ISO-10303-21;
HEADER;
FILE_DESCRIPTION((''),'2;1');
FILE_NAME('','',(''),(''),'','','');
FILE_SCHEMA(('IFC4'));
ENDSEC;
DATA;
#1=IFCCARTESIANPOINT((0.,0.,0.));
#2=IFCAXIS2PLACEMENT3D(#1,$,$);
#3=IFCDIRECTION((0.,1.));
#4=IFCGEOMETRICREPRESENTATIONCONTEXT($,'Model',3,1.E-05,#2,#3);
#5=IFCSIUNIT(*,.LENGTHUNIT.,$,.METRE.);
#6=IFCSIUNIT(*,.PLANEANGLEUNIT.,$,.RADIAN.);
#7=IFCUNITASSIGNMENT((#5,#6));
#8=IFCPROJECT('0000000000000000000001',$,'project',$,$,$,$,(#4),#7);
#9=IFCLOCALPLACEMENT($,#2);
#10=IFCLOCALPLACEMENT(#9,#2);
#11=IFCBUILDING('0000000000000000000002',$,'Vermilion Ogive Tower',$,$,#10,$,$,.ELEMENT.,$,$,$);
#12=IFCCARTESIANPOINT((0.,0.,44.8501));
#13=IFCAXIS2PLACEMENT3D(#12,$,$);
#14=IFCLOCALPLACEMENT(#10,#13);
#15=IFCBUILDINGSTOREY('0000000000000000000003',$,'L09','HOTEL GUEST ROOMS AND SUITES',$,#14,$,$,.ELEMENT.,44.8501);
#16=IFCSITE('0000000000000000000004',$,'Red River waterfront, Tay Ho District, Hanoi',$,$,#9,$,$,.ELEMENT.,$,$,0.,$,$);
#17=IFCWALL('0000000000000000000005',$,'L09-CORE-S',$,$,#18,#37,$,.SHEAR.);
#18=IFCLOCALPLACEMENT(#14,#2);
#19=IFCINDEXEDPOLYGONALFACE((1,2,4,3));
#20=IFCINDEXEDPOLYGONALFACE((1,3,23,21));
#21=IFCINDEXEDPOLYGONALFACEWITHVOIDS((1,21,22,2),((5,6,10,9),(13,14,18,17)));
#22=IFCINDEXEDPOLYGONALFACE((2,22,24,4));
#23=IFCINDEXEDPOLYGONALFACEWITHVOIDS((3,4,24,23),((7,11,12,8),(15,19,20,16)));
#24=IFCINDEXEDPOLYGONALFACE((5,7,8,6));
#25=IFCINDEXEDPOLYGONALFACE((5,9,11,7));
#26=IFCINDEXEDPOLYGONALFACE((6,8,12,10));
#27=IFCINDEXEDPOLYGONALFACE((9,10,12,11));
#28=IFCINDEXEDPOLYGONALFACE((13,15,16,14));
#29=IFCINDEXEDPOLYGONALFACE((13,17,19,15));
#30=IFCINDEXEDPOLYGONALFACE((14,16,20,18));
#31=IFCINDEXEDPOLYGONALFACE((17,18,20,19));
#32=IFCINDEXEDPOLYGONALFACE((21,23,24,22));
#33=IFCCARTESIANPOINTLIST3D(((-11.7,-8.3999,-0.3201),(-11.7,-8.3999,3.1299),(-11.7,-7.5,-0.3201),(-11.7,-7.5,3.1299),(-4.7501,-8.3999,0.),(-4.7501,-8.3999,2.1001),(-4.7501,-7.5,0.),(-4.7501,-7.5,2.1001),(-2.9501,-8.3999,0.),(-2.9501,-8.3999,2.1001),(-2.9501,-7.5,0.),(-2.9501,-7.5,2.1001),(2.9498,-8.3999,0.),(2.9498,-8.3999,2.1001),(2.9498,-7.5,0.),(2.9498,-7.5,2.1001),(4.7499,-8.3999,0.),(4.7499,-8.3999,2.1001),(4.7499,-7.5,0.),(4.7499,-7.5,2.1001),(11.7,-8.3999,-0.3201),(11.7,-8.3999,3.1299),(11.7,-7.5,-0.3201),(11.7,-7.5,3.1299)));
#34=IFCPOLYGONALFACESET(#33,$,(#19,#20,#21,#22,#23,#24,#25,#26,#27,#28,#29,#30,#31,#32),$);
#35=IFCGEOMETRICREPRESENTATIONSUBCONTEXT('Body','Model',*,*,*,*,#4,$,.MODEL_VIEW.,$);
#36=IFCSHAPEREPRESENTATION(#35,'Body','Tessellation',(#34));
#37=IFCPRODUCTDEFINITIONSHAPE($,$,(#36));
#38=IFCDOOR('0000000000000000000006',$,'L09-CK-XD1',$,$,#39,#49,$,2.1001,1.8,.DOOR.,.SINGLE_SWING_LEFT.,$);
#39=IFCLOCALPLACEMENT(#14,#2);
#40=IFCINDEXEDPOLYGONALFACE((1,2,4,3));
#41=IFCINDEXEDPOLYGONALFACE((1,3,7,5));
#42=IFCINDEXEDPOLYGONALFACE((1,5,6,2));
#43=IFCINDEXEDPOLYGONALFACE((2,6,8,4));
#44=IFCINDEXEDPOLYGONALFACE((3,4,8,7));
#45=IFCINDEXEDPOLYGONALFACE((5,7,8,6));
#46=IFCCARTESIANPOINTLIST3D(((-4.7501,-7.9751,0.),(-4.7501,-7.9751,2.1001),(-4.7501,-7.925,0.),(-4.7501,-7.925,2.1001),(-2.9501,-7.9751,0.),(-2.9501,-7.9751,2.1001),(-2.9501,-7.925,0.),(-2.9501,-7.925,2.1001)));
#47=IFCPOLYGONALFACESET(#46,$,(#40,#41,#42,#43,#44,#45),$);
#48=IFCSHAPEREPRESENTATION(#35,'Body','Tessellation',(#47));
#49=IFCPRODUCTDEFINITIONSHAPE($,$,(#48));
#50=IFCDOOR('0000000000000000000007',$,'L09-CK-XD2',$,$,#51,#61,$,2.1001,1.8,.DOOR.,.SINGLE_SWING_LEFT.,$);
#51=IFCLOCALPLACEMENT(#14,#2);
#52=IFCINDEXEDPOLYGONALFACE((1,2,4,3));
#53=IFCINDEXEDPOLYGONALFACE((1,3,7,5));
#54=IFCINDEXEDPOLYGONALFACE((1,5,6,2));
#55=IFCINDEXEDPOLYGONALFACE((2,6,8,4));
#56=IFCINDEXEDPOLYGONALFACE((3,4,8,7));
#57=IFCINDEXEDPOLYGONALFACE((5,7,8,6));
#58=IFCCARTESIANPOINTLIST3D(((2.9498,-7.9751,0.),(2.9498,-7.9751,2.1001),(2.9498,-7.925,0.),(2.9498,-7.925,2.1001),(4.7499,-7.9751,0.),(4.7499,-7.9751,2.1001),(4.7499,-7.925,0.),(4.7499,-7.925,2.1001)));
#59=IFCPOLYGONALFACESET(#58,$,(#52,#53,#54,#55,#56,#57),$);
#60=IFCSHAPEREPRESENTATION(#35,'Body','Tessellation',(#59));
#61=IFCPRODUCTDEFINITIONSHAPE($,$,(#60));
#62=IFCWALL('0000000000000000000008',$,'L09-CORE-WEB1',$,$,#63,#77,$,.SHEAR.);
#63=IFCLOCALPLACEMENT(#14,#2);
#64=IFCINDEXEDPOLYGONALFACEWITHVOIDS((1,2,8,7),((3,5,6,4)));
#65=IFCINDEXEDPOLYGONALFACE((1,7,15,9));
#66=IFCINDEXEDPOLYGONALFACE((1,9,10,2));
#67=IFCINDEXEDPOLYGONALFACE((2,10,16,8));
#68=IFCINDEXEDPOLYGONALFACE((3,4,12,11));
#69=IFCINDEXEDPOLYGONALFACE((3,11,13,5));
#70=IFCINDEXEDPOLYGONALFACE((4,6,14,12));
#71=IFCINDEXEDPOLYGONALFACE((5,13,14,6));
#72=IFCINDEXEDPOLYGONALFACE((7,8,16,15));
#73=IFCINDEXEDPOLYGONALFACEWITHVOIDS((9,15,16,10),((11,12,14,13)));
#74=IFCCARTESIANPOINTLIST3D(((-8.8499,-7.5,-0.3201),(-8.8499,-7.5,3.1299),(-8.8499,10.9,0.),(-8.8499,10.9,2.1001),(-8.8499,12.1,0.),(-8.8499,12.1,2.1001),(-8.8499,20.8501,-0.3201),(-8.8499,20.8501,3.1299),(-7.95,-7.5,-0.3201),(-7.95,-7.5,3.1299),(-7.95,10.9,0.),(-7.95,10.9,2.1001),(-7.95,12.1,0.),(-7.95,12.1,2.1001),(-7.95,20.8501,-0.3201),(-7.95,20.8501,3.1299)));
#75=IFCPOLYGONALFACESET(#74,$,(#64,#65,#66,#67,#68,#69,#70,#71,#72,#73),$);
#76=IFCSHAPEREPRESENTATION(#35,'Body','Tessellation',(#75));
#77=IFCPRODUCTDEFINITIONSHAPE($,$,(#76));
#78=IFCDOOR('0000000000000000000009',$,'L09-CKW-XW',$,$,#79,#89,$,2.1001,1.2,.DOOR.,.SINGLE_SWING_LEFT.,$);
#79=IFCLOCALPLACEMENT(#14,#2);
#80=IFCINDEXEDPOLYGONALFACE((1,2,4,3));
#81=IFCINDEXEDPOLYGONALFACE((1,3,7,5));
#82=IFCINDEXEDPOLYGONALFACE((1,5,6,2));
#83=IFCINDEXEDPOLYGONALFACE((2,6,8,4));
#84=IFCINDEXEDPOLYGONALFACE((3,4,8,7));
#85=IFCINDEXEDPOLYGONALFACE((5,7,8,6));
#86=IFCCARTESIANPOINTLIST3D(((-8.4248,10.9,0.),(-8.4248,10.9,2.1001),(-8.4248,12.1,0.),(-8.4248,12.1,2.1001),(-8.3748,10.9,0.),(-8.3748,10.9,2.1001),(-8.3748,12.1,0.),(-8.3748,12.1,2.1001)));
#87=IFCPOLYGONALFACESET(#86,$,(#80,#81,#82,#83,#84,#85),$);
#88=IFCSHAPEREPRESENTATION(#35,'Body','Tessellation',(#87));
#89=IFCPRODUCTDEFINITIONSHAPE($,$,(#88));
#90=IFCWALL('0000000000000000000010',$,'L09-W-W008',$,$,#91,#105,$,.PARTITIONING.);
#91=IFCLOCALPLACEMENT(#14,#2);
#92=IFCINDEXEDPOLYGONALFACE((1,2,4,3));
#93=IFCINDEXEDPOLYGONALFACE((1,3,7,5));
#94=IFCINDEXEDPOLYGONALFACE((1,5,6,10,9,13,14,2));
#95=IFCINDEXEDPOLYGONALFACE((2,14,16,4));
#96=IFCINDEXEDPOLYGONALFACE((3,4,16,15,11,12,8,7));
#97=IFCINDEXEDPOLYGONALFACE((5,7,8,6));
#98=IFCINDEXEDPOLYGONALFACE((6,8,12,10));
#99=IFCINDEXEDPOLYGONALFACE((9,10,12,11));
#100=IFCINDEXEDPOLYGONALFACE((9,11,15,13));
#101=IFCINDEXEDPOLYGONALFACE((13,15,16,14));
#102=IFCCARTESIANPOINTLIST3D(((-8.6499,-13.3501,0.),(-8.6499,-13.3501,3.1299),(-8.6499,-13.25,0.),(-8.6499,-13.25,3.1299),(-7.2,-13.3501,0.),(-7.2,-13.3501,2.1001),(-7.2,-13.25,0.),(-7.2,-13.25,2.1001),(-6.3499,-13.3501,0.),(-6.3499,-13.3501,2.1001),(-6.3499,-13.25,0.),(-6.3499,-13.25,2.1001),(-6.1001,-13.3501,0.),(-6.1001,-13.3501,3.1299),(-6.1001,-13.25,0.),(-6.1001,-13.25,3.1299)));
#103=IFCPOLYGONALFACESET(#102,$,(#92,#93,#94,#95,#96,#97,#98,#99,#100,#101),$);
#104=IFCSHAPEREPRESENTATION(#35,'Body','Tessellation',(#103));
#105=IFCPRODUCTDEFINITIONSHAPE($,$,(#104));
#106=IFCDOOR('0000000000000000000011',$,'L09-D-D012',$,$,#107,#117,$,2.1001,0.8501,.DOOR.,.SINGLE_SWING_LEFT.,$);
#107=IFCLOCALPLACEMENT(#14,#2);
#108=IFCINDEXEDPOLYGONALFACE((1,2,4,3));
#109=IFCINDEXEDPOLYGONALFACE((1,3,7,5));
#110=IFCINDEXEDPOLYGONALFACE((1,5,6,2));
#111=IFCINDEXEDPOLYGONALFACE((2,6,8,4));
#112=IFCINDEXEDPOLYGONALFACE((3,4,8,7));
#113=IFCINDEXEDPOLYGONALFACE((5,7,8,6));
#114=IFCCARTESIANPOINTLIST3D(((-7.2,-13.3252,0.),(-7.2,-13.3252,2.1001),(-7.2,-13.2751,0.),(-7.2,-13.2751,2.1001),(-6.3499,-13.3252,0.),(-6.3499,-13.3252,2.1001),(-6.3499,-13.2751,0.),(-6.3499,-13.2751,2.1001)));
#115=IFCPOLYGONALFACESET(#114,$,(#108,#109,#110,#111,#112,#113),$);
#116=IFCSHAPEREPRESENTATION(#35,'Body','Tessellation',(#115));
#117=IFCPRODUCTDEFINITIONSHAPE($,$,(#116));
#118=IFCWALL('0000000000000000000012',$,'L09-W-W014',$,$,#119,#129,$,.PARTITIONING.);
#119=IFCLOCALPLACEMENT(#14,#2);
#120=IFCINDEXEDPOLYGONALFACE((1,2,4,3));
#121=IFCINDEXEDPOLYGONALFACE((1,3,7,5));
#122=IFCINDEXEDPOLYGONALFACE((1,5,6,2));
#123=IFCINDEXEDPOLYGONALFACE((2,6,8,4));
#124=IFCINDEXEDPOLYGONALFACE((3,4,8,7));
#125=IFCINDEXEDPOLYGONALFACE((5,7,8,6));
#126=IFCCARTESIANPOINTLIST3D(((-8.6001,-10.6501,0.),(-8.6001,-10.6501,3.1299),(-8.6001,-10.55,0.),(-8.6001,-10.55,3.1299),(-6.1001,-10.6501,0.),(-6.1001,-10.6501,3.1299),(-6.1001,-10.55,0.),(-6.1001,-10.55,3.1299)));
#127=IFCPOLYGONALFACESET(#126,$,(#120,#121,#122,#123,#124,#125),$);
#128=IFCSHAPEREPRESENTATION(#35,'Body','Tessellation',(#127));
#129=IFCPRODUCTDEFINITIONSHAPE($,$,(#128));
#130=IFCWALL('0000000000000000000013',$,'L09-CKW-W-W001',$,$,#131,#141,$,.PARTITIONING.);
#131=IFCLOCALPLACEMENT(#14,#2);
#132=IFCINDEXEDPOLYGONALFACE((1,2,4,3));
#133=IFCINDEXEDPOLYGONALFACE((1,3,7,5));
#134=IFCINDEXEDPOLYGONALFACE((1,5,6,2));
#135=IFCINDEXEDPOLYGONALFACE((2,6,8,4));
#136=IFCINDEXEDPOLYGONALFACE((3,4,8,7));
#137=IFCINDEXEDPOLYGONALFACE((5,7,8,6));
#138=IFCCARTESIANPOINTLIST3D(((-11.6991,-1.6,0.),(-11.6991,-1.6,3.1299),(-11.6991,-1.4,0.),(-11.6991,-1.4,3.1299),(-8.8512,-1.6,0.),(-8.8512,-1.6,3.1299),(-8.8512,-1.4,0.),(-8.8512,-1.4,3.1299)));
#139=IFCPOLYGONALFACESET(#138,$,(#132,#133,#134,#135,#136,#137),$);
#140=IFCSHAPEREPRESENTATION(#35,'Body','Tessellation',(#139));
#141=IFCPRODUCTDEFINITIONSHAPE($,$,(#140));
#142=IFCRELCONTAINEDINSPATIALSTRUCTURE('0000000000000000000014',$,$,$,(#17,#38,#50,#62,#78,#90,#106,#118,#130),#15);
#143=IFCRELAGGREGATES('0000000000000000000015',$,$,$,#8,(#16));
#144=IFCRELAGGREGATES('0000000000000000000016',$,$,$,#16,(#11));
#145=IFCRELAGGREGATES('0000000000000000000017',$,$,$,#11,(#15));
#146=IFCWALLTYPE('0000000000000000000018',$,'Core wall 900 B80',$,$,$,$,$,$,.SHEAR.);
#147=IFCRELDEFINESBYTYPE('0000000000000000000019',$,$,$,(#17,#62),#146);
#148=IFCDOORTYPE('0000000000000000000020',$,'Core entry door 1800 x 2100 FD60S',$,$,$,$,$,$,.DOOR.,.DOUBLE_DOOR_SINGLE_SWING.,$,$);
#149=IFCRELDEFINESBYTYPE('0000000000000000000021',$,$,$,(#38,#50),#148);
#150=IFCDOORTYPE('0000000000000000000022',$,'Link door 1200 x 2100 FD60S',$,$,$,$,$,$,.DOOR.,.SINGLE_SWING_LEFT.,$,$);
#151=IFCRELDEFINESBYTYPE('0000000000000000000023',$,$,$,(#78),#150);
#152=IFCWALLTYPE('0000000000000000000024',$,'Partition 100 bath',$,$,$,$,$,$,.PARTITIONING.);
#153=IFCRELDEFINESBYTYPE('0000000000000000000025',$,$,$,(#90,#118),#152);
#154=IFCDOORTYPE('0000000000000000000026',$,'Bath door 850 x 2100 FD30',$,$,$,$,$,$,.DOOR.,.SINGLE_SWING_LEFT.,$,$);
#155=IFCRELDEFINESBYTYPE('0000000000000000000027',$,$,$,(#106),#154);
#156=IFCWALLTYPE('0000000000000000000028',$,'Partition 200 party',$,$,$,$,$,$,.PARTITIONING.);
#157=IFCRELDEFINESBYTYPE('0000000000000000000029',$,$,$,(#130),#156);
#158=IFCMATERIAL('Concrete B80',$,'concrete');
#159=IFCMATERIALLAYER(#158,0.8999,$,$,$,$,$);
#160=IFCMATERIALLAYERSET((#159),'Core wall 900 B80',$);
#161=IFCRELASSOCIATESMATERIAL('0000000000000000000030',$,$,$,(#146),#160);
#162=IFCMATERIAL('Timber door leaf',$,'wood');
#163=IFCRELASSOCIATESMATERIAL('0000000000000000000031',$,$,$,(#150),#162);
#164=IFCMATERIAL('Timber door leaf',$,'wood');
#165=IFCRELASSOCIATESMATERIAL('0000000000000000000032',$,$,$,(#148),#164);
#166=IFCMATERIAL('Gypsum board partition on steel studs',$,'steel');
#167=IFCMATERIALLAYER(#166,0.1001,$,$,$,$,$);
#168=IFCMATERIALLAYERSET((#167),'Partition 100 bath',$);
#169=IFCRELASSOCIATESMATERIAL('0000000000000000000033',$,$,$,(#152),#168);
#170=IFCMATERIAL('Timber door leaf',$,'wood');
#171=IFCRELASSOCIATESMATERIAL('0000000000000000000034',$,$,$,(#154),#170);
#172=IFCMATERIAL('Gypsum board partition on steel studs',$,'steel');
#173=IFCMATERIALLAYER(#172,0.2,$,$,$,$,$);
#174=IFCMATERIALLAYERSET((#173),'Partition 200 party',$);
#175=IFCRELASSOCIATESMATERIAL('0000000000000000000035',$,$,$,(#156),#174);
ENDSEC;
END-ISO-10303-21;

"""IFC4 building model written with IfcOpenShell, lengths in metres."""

from ifc_helpers import new_model, si_unit, direction, frame, frame_2d, origin, place, context, subcontext, project, spatial, rectangle, extrude, material, layer, layer_set, type_object, element, fill, save


model = new_model("IFC4")

# Units and contexts
model_context = context("Model", 3, precision=1e-05, world=origin(), true_north=direction((0.0, 1.0)))
body_context = subcontext(model_context, "Body", "Model", "MODEL_VIEW")
ifc_project = project(units=[si_unit("LENGTHUNIT", "METRE"), si_unit("PLANEANGLEUNIT", "RADIAN")], contexts=[model_context])

# Site, building, storey
site_placement = place(None, origin())
site = spatial("IfcSite", under=ifc_project, at=site_placement, Name="Red River waterfront, Tay Ho District, Hanoi", CompositionType="ELEMENT", RefElevation=0.0)
building_placement = place(site_placement, origin())
building = spatial("IfcBuilding", under=site, at=building_placement, Name="Vermilion Ogive Tower", CompositionType="ELEMENT")
storey_placement = place(building_placement, frame((0.0, 0.0, 44.8501)))
storey = spatial("IfcBuildingStorey", under=building, at=storey_placement, Name="L09", Description="HOTEL GUEST ROOMS AND SUITES", CompositionType="ELEMENT", Elevation=44.8501)

# Wall, openings, doors
ifc_material_1 = material(Name="Concrete B80", Category="concrete")
ifc_layer_1 = layer(ifc_material_1, 0.8999)
ifc_layer_set_1 = layer_set([ifc_layer_1], Name="Core wall 900 B80")
wall_type_1 = type_object("IfcWallType", Name="Core wall 900 B80", PredefinedType="SHEAR", material=ifc_layer_set_1)
ifc_material_2 = material(Name="Timber door leaf", Category="wood")
door_type_1 = type_object("IfcDoorType", Name="Link door 1200 x 2100 FD60S", OperationType="SINGLE_SWING_LEFT", PredefinedType="DOOR", material=ifc_material_2)
wall_1_placement = place(storey_placement, frame((-11.7, -7.95, -0.3201), z_axis=(0.0, 0.0, 1.0), x_axis=(1.0, 0.0, 0.0)))
wall_1 = element("IfcWall", 1, at=wall_1_placement, inside=storey, type_object=wall_type_1, Name="L09-CORE-S", PredefinedType="SHEAR", context=body_context, shape_type="SweptSolid", body=[
    extrude(rectangle(XDim=23.3999, YDim=0.8999, at=frame_2d((11.7, 0.0))), origin(), (0.0, 0.0, 1.0), 3.45),
])
opening_1_placement = place(wall_1_placement, frame((6.95, 0.0, 0.3201)))
opening_1 = element("IfcOpeningElement", 2, at=opening_1_placement, cuts=wall_1, PredefinedType="OPENING", context=body_context, shape_type="SweptSolid", body=[
    extrude(rectangle(XDim=1.8, YDim=2.1001, at=frame_2d((0.8999, 1.05))), frame((0.0, 0.46, 0.0), z_axis=(0.0, -1.0, 0.0), x_axis=(1.0, 0.0, 0.0)), (0.0, 0.0, 1.0), 0.9199),
])
opening_2_placement = place(wall_1_placement, frame((14.6499, 0.0, 0.3201)))
opening_2 = element("IfcOpeningElement", 3, at=opening_2_placement, cuts=wall_1, PredefinedType="OPENING", context=body_context, shape_type="SweptSolid", body=[
    extrude(rectangle(XDim=1.8, YDim=2.1001, at=frame_2d((0.8999, 1.05))), frame((0.0, 0.46, 0.0), z_axis=(0.0, -1.0, 0.0), x_axis=(1.0, 0.0, 0.0)), (0.0, 0.0, 1.0), 0.9199),
])
ifc_material_3 = material(Name="Timber door leaf", Category="wood")
door_type_2 = type_object("IfcDoorType", Name="Core entry door 1800 x 2100 FD60S", OperationType="DOUBLE_DOOR_SINGLE_SWING", PredefinedType="DOOR", material=ifc_material_3)
door_1_placement = place(opening_1_placement, origin())
door_1 = element("IfcDoor", 4, at=door_1_placement, inside=storey, type_object=door_type_2, Name="L09-CK-XD1", OperationType="SINGLE_SWING_LEFT", OverallHeight=2.1001, OverallWidth=1.8, PredefinedType="DOOR", context=body_context, shape_type="SweptSolid", body=[
    extrude(rectangle(XDim=1.8, YDim=2.1001, at=frame_2d((0.8999, 1.05))), frame((0.0, 0.0249, 0.0), z_axis=(0.0, -1.0, 0.0), x_axis=(1.0, 0.0, 0.0)), (0.0, 0.0, 1.0), 0.05),
])
fill(opening_1, door_1)
door_2_placement = place(opening_2_placement, origin())
door_2 = element("IfcDoor", 5, at=door_2_placement, inside=storey, type_object=door_type_2, Name="L09-CK-XD2", OperationType="SINGLE_SWING_LEFT", OverallHeight=2.1001, OverallWidth=1.8, PredefinedType="DOOR", context=body_context, shape_type="SweptSolid", body=[
    extrude(rectangle(XDim=1.8, YDim=2.1001, at=frame_2d((0.8999, 1.05))), frame((0.0, 0.0249, 0.0), z_axis=(0.0, -1.0, 0.0), x_axis=(1.0, 0.0, 0.0)), (0.0, 0.0, 1.0), 0.05),
])
fill(opening_2, door_2)

# Walls, openings, doors
wall_2_placement = place(storey_placement, frame((-8.3999, -7.5, -0.3201), z_axis=(0.0, 0.0, 1.0), x_axis=(0.0, 1.0, 0.0)))
wall_2 = element("IfcWall", 6, at=wall_2_placement, inside=storey, type_object=wall_type_1, Name="L09-CORE-WEB1", PredefinedType="SHEAR", context=body_context, shape_type="SweptSolid", body=[
    extrude(rectangle(XDim=28.3501, YDim=0.8999, at=frame_2d((14.175, 0.0))), origin(), (0.0, 0.0, 1.0), 3.45),
])
opening_3_placement = place(wall_2_placement, frame((18.3999, 0.0, 0.3201)))
opening_3 = element("IfcOpeningElement", 7, at=opening_3_placement, cuts=wall_2, PredefinedType="OPENING", context=body_context, shape_type="SweptSolid", body=[
    extrude(rectangle(XDim=1.2, YDim=2.1001, at=frame_2d((0.6001, 1.05))), frame((0.0, 0.46, 0.0), z_axis=(0.0, -1.0, 0.0), x_axis=(1.0, 0.0, 0.0)), (0.0, 0.0, 1.0), 0.9199),
])
door_3_placement = place(opening_3_placement, origin())
door_3 = element("IfcDoor", 8, at=door_3_placement, inside=storey, type_object=door_type_1, Name="L09-CKW-XW", OperationType="SINGLE_SWING_LEFT", OverallHeight=2.1001, OverallWidth=1.2, PredefinedType="DOOR", context=body_context, shape_type="SweptSolid", body=[
    extrude(rectangle(XDim=1.2, YDim=2.1001, at=frame_2d((0.6001, 1.05))), frame((0.0, 0.0249, 0.0), z_axis=(0.0, -1.0, 0.0), x_axis=(1.0, 0.0, 0.0)), (0.0, 0.0, 1.0), 0.05),
])
fill(opening_3, door_3)
ifc_material_4 = material(Name="Gypsum board partition on steel studs", Category="steel")
ifc_layer_2 = layer(ifc_material_4, 0.1001)
ifc_layer_set_2 = layer_set([ifc_layer_2], Name="Partition 100 bath")
wall_type_2 = type_object("IfcWallType", Name="Partition 100 bath", PredefinedType="PARTITIONING", material=ifc_layer_set_2)
wall_3_placement = place(storey_placement, frame((-8.6499, -13.3, 0.0), z_axis=(0.0, 0.0, 1.0), x_axis=(1.0, 0.0, 0.0)))
wall_3 = element("IfcWall", 9, at=wall_3_placement, inside=storey, type_object=wall_type_2, Name="L09-W-W008", PredefinedType="PARTITIONING", context=body_context, shape_type="SweptSolid", body=[
    extrude(rectangle(XDim=2.5498, YDim=0.1001, at=frame_2d((1.2749, 0.0))), origin(), (0.0, 0.0, 1.0), 3.1299),
])
opening_4_placement = place(wall_3_placement, frame((1.45, 0.0, 0.0)))
opening_4 = element("IfcOpeningElement", 10, at=opening_4_placement, cuts=wall_3, PredefinedType="OPENING", context=body_context, shape_type="SweptSolid", body=[
    extrude(rectangle(XDim=0.8501, YDim=2.1001, at=frame_2d((0.425, 1.05))), frame((0.0, 0.0601, 0.0), z_axis=(0.0, -1.0, 0.0), x_axis=(1.0, 0.0, 0.0)), (0.0, 0.0, 1.0), 0.1201),
])
ifc_material_5 = material(Name="Timber door leaf", Category="wood")
door_type_3 = type_object("IfcDoorType", Name="Bath door 850 x 2100 FD30", OperationType="SINGLE_SWING_LEFT", PredefinedType="DOOR", material=ifc_material_5)
door_4_placement = place(opening_4_placement, origin())
door_4 = element("IfcDoor", 11, at=door_4_placement, inside=storey, type_object=door_type_3, Name="L09-D-D012", OperationType="SINGLE_SWING_LEFT", OverallHeight=2.1001, OverallWidth=0.8501, PredefinedType="DOOR", context=body_context, shape_type="SweptSolid", body=[
    extrude(rectangle(XDim=0.8501, YDim=2.1001, at=frame_2d((0.425, 1.05))), frame((0.0, 0.0249, 0.0), z_axis=(0.0, -1.0, 0.0), x_axis=(1.0, 0.0, 0.0)), (0.0, 0.0, 1.0), 0.05),
])
fill(opening_4, door_4)

# Walls
wall_4_placement = place(storey_placement, frame((-8.6001, -10.6001, 0.0), z_axis=(0.0, 0.0, 1.0), x_axis=(1.0, 0.0, 0.0)))
element("IfcWall", 12, at=wall_4_placement, inside=storey, type_object=wall_type_2, Name="L09-W-W014", PredefinedType="PARTITIONING", context=body_context, shape_type="SweptSolid", body=[
    extrude(rectangle(XDim=2.5, YDim=0.1001, at=frame_2d((1.25, 0.0))), origin(), (0.0, 0.0, 1.0), 3.1299),
])
ifc_material_6 = material(Name="Gypsum board partition on steel studs", Category="steel")
ifc_layer_3 = layer(ifc_material_6, 0.2)
ifc_layer_set_3 = layer_set([ifc_layer_3], Name="Partition 200 party")
wall_type_3 = type_object("IfcWallType", Name="Partition 200 party", PredefinedType="PARTITIONING", material=ifc_layer_set_3)
wall_5_placement = place(storey_placement, frame((-11.699, -1.5, 0.0), z_axis=(0.0, 0.0, 1.0), x_axis=(1.0, 0.0, 0.0)))
element("IfcWall", 13, at=wall_5_placement, inside=storey, type_object=wall_type_3, Name="L09-CKW-W-W001", PredefinedType="PARTITIONING", context=body_context, shape_type="SweptSolid", body=[
    extrude(rectangle(XDim=2.8479, YDim=0.2, at=frame_2d((1.4238, 0.0))), origin(), (0.0, 0.0, 1.0), 3.1299),
])

save(model, "model.ifc")
